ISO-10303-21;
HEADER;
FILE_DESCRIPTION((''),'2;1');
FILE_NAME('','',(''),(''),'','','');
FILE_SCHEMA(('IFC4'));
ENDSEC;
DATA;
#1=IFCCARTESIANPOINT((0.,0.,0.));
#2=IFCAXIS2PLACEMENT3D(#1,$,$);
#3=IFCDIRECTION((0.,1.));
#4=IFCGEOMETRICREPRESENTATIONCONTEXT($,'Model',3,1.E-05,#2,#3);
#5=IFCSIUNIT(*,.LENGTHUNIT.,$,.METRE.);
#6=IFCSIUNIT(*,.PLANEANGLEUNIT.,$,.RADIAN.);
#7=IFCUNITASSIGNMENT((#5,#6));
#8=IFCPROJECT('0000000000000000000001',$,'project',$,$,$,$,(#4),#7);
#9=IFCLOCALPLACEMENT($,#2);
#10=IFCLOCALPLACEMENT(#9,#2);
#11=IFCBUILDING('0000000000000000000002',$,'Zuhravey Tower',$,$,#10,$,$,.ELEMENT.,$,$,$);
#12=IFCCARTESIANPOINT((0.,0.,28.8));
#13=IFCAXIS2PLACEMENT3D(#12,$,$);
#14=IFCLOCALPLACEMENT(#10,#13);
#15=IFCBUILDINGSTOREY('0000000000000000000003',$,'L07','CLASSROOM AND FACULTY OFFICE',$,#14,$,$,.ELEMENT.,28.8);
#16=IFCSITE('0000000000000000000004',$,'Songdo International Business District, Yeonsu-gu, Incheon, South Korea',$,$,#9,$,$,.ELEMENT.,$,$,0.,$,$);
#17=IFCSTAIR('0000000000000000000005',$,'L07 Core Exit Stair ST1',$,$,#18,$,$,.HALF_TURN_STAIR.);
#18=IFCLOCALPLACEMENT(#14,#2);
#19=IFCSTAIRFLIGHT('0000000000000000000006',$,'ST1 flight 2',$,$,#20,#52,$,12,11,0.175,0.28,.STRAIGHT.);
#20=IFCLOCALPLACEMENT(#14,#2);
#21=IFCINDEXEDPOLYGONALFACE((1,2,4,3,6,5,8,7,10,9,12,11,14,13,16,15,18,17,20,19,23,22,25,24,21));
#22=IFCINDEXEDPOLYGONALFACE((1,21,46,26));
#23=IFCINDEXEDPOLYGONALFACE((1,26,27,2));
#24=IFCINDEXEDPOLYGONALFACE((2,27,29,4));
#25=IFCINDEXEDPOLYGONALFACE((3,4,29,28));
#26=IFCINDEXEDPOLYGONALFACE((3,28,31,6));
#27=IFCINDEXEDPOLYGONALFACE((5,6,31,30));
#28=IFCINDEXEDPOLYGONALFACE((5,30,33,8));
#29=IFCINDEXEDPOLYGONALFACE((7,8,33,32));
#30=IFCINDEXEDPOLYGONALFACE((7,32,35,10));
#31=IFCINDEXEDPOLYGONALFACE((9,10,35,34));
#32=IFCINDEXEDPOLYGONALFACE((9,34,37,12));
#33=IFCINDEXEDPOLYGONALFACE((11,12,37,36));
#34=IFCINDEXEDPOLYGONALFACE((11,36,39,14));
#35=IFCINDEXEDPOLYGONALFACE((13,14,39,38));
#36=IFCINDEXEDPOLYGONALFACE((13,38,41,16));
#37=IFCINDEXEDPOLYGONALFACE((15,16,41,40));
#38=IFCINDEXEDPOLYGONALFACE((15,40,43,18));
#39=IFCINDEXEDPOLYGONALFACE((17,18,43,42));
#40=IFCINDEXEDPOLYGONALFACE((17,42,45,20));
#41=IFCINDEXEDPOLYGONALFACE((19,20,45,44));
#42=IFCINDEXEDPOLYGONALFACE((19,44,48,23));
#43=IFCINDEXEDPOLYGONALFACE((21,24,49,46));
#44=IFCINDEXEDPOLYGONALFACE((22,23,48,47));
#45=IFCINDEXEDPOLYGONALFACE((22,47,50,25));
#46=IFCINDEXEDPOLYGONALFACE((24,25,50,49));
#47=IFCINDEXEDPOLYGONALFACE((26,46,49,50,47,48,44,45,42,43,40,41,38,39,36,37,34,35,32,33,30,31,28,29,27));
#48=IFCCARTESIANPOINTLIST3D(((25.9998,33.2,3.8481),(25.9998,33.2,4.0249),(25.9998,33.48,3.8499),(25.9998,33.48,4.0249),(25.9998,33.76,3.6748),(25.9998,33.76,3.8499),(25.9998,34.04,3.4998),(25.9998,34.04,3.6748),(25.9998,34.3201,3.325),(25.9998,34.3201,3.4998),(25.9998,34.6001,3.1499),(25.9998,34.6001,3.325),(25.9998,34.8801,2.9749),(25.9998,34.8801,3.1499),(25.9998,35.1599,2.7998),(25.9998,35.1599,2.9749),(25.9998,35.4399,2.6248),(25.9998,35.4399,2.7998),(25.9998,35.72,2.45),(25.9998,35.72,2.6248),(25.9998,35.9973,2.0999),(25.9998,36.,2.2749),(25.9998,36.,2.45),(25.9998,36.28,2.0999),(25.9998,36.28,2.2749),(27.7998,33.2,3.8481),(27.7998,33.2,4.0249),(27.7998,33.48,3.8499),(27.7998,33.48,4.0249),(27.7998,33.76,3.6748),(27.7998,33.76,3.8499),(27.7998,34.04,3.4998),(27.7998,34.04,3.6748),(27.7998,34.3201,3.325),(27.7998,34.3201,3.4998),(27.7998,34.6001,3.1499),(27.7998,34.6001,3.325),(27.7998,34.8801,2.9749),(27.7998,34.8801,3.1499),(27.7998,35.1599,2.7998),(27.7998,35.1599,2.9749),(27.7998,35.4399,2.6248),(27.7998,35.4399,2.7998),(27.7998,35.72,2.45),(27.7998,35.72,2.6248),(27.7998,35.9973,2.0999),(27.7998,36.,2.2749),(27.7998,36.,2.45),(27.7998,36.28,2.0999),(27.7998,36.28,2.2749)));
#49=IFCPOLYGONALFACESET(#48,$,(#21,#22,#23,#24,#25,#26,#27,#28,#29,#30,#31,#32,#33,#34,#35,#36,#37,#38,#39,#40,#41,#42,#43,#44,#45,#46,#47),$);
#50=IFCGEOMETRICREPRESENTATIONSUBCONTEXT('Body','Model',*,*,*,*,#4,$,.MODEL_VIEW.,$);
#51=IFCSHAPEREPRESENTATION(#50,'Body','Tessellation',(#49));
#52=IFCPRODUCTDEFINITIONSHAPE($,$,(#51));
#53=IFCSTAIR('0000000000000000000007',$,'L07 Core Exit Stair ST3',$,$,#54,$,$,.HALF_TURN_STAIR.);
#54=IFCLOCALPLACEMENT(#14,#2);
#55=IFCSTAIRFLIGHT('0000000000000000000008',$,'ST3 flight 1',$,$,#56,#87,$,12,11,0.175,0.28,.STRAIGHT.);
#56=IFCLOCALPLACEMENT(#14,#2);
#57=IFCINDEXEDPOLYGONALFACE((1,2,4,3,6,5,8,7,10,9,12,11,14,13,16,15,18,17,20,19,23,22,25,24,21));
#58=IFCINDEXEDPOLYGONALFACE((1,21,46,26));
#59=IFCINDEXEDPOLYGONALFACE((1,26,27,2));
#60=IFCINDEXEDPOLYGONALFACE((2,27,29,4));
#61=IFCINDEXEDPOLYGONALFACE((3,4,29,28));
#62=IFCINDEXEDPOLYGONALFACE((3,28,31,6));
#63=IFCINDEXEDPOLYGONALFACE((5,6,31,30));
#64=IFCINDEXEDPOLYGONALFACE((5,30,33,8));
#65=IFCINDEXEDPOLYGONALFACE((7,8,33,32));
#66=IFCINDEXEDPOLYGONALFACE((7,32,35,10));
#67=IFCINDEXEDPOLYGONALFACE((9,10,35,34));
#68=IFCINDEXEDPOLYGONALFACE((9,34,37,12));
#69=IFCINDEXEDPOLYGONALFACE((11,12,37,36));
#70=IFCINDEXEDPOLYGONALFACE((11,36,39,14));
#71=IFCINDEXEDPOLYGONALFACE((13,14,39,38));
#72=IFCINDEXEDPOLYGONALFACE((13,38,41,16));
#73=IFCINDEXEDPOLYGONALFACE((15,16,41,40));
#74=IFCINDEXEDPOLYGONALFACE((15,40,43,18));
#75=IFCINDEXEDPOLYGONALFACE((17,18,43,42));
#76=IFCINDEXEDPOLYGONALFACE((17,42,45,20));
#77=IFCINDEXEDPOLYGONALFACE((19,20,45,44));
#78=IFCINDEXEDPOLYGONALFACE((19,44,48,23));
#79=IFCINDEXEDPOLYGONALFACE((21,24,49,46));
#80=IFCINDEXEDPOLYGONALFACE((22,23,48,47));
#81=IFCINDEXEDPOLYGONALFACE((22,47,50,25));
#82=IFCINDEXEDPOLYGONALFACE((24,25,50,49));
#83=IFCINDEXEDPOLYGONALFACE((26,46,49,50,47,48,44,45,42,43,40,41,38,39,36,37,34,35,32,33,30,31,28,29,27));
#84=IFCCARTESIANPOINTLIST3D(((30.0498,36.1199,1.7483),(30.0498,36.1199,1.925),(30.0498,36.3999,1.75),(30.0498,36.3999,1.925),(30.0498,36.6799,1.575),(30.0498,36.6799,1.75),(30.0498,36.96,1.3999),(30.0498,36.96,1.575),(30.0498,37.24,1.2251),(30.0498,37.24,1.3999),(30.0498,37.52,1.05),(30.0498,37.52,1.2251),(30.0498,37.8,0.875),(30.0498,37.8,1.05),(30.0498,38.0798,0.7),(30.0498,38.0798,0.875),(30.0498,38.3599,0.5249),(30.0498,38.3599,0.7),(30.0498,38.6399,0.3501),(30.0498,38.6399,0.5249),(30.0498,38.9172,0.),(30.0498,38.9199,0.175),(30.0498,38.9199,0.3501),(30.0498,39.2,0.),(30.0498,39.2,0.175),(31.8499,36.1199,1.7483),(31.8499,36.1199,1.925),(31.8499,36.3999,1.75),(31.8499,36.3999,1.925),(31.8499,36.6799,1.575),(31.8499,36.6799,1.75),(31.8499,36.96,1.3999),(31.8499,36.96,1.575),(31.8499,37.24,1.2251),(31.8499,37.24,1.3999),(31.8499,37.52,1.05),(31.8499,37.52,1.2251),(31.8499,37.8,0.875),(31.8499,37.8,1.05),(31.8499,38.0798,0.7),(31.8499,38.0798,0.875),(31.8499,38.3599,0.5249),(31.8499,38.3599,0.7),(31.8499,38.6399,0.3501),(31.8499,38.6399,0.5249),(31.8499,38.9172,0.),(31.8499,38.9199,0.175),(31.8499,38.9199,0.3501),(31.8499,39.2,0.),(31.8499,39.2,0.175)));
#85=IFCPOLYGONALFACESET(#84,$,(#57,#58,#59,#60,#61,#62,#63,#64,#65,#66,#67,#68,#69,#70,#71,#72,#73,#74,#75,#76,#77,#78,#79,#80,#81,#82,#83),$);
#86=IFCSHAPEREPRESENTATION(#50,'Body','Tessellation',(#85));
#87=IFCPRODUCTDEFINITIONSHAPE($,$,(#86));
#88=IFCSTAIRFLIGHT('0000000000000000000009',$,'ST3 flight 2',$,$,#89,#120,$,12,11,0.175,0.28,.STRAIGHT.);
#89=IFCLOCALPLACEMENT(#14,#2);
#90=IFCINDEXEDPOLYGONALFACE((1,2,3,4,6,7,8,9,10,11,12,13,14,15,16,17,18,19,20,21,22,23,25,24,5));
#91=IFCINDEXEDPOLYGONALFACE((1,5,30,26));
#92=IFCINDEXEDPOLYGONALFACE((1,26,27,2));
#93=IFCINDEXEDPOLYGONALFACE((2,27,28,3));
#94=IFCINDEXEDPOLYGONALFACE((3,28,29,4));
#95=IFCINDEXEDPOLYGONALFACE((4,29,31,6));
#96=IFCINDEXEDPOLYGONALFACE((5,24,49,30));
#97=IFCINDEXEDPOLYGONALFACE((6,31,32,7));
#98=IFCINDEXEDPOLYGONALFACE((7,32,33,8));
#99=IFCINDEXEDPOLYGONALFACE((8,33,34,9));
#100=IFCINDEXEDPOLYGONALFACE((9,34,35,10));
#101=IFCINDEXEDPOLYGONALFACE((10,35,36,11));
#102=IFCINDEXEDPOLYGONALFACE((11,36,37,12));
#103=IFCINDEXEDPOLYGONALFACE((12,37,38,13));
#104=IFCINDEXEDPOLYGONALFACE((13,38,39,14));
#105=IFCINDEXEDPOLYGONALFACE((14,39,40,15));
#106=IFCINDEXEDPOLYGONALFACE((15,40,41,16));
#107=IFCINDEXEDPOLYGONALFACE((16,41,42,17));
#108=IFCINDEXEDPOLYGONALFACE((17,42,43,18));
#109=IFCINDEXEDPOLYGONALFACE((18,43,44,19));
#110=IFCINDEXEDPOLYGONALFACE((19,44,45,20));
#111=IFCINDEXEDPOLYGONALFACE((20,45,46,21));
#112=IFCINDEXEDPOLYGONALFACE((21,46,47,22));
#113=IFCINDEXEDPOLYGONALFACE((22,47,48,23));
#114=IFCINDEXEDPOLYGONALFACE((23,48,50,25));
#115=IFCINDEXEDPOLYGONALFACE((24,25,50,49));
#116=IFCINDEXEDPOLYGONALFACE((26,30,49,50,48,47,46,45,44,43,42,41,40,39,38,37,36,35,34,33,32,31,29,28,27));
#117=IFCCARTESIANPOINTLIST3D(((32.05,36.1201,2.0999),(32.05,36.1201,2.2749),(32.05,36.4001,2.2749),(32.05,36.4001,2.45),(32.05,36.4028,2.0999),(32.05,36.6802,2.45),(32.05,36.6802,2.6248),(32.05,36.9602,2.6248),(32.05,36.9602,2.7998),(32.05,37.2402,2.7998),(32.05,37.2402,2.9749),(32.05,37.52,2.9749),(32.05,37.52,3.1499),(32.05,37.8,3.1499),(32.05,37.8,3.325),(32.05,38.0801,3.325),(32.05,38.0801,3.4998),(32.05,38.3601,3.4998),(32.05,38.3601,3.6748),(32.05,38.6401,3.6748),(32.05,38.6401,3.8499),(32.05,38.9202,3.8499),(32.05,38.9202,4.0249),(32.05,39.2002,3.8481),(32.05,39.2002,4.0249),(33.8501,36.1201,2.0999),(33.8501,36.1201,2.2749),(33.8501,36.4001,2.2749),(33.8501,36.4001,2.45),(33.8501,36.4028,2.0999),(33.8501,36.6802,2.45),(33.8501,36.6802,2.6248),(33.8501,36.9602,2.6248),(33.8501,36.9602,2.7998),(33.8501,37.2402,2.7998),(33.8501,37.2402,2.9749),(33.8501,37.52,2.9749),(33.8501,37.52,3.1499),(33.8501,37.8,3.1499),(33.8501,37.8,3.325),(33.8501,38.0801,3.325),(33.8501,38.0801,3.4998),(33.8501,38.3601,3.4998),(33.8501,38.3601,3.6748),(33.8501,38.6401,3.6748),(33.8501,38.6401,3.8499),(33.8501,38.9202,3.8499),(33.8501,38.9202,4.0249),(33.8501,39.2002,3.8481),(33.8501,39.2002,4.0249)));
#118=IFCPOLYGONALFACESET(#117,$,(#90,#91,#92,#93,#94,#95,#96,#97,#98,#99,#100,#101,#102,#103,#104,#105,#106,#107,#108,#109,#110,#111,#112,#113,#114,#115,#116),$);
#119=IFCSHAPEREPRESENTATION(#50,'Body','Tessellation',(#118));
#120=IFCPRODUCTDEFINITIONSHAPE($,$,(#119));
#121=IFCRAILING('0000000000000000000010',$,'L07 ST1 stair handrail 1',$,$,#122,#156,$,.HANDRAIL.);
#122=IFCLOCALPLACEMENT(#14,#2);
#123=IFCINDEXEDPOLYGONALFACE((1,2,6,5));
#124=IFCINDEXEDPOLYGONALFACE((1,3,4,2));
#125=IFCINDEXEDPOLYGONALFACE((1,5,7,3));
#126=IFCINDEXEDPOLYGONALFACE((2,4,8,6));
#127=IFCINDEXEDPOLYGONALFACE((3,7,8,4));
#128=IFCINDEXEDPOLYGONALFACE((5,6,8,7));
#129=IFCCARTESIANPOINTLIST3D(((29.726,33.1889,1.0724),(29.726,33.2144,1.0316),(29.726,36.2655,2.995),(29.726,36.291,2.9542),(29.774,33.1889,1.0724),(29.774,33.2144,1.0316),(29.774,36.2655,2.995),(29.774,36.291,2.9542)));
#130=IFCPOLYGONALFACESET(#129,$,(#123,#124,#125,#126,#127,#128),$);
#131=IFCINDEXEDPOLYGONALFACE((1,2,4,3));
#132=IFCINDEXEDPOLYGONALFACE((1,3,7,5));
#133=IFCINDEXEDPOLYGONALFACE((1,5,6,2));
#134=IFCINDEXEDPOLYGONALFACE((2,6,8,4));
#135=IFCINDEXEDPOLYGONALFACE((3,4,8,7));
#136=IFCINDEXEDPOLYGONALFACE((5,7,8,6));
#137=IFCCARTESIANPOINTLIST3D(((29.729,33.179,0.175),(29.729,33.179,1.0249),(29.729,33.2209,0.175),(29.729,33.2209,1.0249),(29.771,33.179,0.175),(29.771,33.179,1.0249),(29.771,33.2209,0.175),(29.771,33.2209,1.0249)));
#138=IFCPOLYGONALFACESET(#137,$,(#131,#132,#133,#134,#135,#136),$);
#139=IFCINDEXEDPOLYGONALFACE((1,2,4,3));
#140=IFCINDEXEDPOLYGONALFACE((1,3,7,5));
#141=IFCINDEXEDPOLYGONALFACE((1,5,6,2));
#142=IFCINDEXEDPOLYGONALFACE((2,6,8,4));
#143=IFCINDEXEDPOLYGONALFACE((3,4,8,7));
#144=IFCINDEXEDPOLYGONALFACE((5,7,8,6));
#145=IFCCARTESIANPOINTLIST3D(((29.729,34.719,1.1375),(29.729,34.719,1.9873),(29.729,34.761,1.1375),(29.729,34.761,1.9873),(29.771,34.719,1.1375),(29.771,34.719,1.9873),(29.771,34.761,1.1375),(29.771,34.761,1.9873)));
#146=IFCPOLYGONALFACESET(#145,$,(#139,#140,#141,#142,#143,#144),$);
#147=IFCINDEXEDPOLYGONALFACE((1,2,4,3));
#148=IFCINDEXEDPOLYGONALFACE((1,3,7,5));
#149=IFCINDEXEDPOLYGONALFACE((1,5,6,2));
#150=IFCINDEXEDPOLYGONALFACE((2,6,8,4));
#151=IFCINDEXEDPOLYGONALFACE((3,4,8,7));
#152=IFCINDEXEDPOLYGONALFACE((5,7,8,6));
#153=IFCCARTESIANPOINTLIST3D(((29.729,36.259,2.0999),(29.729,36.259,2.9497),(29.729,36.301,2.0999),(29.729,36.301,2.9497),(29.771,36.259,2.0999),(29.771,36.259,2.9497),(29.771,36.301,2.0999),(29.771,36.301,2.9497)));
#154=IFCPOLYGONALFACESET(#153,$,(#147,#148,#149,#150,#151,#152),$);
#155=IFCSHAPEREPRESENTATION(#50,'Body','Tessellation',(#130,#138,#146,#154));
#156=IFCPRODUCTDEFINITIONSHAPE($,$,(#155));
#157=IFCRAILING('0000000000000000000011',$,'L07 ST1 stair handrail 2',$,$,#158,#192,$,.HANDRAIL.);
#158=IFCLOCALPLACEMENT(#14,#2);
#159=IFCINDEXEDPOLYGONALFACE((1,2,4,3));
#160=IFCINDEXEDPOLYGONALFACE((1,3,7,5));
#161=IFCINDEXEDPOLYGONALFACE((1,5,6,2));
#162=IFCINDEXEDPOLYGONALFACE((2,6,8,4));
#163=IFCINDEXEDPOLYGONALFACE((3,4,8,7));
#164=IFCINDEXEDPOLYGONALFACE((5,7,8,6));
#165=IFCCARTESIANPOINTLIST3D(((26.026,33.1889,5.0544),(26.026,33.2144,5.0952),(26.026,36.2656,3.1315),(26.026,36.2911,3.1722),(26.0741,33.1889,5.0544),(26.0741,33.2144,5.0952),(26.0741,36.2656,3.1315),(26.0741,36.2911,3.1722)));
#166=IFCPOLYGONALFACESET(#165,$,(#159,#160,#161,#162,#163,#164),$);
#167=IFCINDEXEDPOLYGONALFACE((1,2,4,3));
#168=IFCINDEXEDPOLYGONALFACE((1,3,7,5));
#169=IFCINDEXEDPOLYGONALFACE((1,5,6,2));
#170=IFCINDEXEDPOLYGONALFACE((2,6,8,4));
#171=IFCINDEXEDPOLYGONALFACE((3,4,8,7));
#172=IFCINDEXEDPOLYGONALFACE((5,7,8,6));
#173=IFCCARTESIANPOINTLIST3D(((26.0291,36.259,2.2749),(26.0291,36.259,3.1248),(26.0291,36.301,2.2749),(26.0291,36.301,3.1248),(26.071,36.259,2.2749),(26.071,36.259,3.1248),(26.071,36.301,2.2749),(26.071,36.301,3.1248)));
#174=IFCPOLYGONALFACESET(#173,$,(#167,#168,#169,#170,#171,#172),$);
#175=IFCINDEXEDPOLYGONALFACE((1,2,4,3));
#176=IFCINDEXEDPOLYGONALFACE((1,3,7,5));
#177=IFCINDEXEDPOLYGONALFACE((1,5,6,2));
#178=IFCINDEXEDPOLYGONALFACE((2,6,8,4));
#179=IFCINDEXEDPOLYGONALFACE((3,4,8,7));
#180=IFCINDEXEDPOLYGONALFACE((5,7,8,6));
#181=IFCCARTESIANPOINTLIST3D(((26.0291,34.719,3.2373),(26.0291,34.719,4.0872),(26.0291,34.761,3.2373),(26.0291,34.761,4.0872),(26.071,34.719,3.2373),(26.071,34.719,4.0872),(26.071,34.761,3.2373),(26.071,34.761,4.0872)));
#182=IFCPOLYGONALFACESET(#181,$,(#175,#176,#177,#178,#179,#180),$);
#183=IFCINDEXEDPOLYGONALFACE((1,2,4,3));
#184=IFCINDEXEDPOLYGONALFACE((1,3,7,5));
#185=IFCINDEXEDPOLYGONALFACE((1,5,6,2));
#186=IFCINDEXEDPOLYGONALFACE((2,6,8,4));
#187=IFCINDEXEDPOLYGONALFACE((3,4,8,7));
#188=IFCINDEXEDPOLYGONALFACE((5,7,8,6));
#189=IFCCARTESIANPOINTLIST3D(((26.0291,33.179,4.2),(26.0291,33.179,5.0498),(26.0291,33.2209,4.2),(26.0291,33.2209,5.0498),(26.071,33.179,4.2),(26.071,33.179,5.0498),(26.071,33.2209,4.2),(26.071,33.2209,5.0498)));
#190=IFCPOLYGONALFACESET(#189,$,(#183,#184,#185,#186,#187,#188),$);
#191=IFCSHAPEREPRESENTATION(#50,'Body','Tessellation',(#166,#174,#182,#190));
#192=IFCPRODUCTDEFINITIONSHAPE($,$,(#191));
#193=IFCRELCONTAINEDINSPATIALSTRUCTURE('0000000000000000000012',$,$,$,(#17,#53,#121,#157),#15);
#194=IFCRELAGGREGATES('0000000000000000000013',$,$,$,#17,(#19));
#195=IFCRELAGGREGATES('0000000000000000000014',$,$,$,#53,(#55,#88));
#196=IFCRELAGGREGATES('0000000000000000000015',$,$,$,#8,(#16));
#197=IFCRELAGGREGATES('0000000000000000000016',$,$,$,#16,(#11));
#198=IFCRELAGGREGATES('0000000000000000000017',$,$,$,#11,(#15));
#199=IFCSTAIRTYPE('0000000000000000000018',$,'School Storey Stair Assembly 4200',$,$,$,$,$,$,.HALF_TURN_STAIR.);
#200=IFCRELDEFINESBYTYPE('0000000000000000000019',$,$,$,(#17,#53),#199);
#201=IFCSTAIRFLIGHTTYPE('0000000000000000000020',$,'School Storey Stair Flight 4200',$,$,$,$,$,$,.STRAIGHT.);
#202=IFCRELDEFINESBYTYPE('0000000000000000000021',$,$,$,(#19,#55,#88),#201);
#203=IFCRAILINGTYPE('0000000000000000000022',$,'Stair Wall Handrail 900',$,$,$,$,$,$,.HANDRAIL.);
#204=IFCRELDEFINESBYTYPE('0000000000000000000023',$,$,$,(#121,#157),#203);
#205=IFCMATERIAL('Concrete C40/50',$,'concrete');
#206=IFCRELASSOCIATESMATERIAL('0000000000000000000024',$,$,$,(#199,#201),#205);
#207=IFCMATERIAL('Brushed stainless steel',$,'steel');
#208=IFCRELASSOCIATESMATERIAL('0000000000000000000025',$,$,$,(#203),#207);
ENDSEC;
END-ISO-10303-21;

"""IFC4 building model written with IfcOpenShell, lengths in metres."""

from ifc_helpers import new_model, si_unit, direction, frame, origin, origin_2d, place, context, subcontext, project, spatial, polyline, rectangle, outline, extrude, material, type_object, element, aggregate, save


model = new_model("IFC4")

# Units and contexts
model_context = context("Model", 3, precision=1e-05, world=origin(), true_north=direction((0.0, 1.0)))
body_context = subcontext(model_context, "Body", "Model", "MODEL_VIEW")
ifc_project = project(units=[si_unit("LENGTHUNIT", "METRE"), si_unit("PLANEANGLEUNIT", "RADIAN")], contexts=[model_context])

# Site, building, storey
site_placement = place(None, origin())
site = spatial("IfcSite", under=ifc_project, at=site_placement, Name="Songdo International Business District, Yeonsu-gu, Incheon, South Korea", CompositionType="ELEMENT", RefElevation=0.0)
building_placement = place(site_placement, origin())
building = spatial("IfcBuilding", under=site, at=building_placement, Name="Zuhravey Tower", CompositionType="ELEMENT")
storey_placement = place(building_placement, frame((0.0, 0.0, 28.8)))
storey = spatial("IfcBuildingStorey", under=building, at=storey_placement, Name="L07", Description="CLASSROOM AND FACULTY OFFICE", CompositionType="ELEMENT", Elevation=28.8)

# Stairs, stair flights
ifc_material_1 = material(Name="Concrete C40/50", Category="concrete")
stair_type = type_object("IfcStairType", Name="School Storey Stair Assembly 4200", PredefinedType="HALF_TURN_STAIR", material=ifc_material_1)
stair_1_placement = place(storey_placement, origin())
stair_1 = element("IfcStair", 1, at=stair_1_placement, inside=storey, type_object=stair_type, Name="L07 Core Exit Stair ST1", PredefinedType="HALF_TURN_STAIR")
stair_flight_type = type_object("IfcStairFlightType", Name="School Storey Stair Flight 4200", PredefinedType="STRAIGHT", material=ifc_material_1)
stair_flight_1_placement = place(storey_placement, frame((26.8999, 36.28, 2.0999), z_axis=(0.0, 0.0, 1.0), x_axis=(0.0, -1.0, 0.0)))
stair_flight_1 = element("IfcStairFlight", 2, at=stair_flight_1_placement, type_object=stair_flight_type, Name="ST1 flight 2", NumberOfRisers=12, NumberOfTreads=11, PredefinedType="STRAIGHT", RiserHeight=0.175, TreadLength=0.28, context=body_context, shape_type="SweptSolid", body=[
    extrude(outline(polyline([(0.0, 0.0), (0.0, 0.175), (0.28, 0.175), (0.28, 0.3501), (0.5601, 0.3501), (0.5601, 0.5249), (0.8401, 0.5249), (0.8401, 0.7), (1.1201, 0.7), (1.1201, 0.875), (1.3999, 0.875), (1.3999, 1.05), (1.6799, 1.05), (1.6799, 1.2251), (1.96, 1.2251), (1.96, 1.3999), (2.24, 1.3999), (2.24, 1.575), (2.52, 1.575), (2.52, 1.75), (2.8, 1.75), (2.8, 1.925), (3.0801, 1.925), (3.0801, 2.1001), (3.0801, 1.7483), (0.2827, 0.0), (0.0, 0.0)])), frame((0.0, 0.8999, 0.0), z_axis=(0.0, -1.0, 0.0), x_axis=(1.0, 0.0, 0.0)), (0.0, 0.0, 1.0), 1.8),
])
aggregate(stair_1, [stair_flight_1])
stair_2_placement = place(storey_placement, origin())
stair_2 = element("IfcStair", 3, at=stair_2_placement, inside=storey, type_object=stair_type, Name="L07 Core Exit Stair ST3", PredefinedType="HALF_TURN_STAIR")
stair_flight_2_placement = place(storey_placement, frame((30.95, 39.2, 0.0), z_axis=(0.0, 0.0, 1.0), x_axis=(0.0, -1.0, 0.0)))
stair_flight_2 = element("IfcStairFlight", 4, at=stair_flight_2_placement, type_object=stair_flight_type, Name="ST3 flight 1", NumberOfRisers=12, NumberOfTreads=11, PredefinedType="STRAIGHT", RiserHeight=0.175, TreadLength=0.28, context=body_context, shape_type="SweptSolid", body=[
    extrude(outline(polyline([(0.0, 0.0), (0.0, 0.175), (0.28, 0.175), (0.28, 0.3501), (0.5601, 0.3501), (0.5601, 0.5249), (0.8401, 0.5249), (0.8401, 0.7), (1.1201, 0.7), (1.1201, 0.875), (1.3999, 0.875), (1.3999, 1.05), (1.6799, 1.05), (1.6799, 1.2251), (1.96, 1.2251), (1.96, 1.3999), (2.24, 1.3999), (2.24, 1.575), (2.52, 1.575), (2.52, 1.75), (2.8, 1.75), (2.8, 1.925), (3.0801, 1.925), (3.0801, 2.1001), (3.0801, 1.7483), (0.2827, 0.0), (0.0, 0.0)])), frame((0.0, 0.8999, 0.0), z_axis=(0.0, -1.0, 0.0), x_axis=(1.0, 0.0, 0.0)), (0.0, 0.0, 1.0), 1.8),
])
stair_flight_3_placement = place(storey_placement, frame((32.95, 36.1201, 2.0999), z_axis=(0.0, 0.0, 1.0), x_axis=(0.0, 1.0, 0.0)))
stair_flight_3 = element("IfcStairFlight", 5, at=stair_flight_3_placement, type_object=stair_flight_type, Name="ST3 flight 2", NumberOfRisers=12, NumberOfTreads=11, PredefinedType="STRAIGHT", RiserHeight=0.175, TreadLength=0.28, context=body_context, shape_type="SweptSolid", body=[
    extrude(outline(polyline([(0.0, 0.0), (0.0, 0.175), (0.28, 0.175), (0.28, 0.3501), (0.5601, 0.3501), (0.5601, 0.5249), (0.8401, 0.5249), (0.8401, 0.7), (1.1201, 0.7), (1.1201, 0.875), (1.3999, 0.875), (1.3999, 1.05), (1.6799, 1.05), (1.6799, 1.2251), (1.96, 1.2251), (1.96, 1.3999), (2.24, 1.3999), (2.24, 1.575), (2.52, 1.575), (2.52, 1.75), (2.8, 1.75), (2.8, 1.925), (3.0801, 1.925), (3.0801, 2.1001), (3.0801, 1.7483), (0.2827, 0.0), (0.0, 0.0)])), frame((0.0, 0.8999, 0.0), z_axis=(0.0, -1.0, 0.0), x_axis=(1.0, 0.0, 0.0)), (0.0, 0.0, 1.0), 1.8),
])
aggregate(stair_2, [stair_flight_2, stair_flight_3])

# Railings
ifc_material_2 = material(Name="Brushed stainless steel", Category="steel")
railing_type_1 = type_object("IfcRailingType", Name="Stair Wall Handrail 900", PredefinedType="HANDRAIL", material=ifc_material_2)
railing_1_placement = place(storey_placement, frame((29.75, 33.2, 0.175)))
element("IfcRailing", 6, at=railing_1_placement, inside=storey, type_object=railing_type_1, Name="L07 ST1 stair handrail 1", PredefinedType="HANDRAIL", context=body_context, shape_type="SweptSolid", body=[
    extrude(rectangle(XDim=0.0481, YDim=0.0481, at=origin_2d()), frame((0.0, 0.0017, 0.877), z_axis=(0.0, 0.848029, 0.529951), x_axis=(-1.0, 0.0, 0.0)), (0.0, 0.0, 1.0), 3.6279),
    extrude(rectangle(XDim=0.042, YDim=0.042, at=origin_2d()), origin(), (0.0, 0.0, 1.0), 0.8499),
    extrude(rectangle(XDim=0.042, YDim=0.042, at=origin_2d()), frame((0.0, 1.54, 0.9624)), (0.0, 0.0, 1.0), 0.8499),
    extrude(rectangle(XDim=0.042, YDim=0.042, at=origin_2d()), frame((0.0, 3.0801, 1.9248)), (0.0, 0.0, 1.0), 0.8499),
])
railing_2_placement = place(storey_placement, frame((26.05, 36.28, 2.2749)))
element("IfcRailing", 7, at=railing_2_placement, inside=storey, type_object=railing_type_1, Name="L07 ST1 stair handrail 2", PredefinedType="HANDRAIL", context=body_context, shape_type="SweptSolid", body=[
    extrude(rectangle(XDim=0.0481, YDim=0.0481, at=origin_2d()), frame((0.0, -0.0017, 0.877), z_axis=(0.0, -0.847998, 0.529999), x_axis=(1.0, 0.0, 0.0)), (0.0, 0.0, 1.0), 3.6282),
    extrude(rectangle(XDim=0.042, YDim=0.042, at=origin_2d()), origin(), (0.0, 0.0, 1.0), 0.8499),
    extrude(rectangle(XDim=0.042, YDim=0.042, at=origin_2d()), frame((0.0, -1.54, 0.9624)), (0.0, 0.0, 1.0), 0.8499),
    extrude(rectangle(XDim=0.042, YDim=0.042, at=origin_2d()), frame((0.0, -3.0801, 1.925)), (0.0, 0.0, 1.0), 0.8499),
])

save(model, "model.ifc")
